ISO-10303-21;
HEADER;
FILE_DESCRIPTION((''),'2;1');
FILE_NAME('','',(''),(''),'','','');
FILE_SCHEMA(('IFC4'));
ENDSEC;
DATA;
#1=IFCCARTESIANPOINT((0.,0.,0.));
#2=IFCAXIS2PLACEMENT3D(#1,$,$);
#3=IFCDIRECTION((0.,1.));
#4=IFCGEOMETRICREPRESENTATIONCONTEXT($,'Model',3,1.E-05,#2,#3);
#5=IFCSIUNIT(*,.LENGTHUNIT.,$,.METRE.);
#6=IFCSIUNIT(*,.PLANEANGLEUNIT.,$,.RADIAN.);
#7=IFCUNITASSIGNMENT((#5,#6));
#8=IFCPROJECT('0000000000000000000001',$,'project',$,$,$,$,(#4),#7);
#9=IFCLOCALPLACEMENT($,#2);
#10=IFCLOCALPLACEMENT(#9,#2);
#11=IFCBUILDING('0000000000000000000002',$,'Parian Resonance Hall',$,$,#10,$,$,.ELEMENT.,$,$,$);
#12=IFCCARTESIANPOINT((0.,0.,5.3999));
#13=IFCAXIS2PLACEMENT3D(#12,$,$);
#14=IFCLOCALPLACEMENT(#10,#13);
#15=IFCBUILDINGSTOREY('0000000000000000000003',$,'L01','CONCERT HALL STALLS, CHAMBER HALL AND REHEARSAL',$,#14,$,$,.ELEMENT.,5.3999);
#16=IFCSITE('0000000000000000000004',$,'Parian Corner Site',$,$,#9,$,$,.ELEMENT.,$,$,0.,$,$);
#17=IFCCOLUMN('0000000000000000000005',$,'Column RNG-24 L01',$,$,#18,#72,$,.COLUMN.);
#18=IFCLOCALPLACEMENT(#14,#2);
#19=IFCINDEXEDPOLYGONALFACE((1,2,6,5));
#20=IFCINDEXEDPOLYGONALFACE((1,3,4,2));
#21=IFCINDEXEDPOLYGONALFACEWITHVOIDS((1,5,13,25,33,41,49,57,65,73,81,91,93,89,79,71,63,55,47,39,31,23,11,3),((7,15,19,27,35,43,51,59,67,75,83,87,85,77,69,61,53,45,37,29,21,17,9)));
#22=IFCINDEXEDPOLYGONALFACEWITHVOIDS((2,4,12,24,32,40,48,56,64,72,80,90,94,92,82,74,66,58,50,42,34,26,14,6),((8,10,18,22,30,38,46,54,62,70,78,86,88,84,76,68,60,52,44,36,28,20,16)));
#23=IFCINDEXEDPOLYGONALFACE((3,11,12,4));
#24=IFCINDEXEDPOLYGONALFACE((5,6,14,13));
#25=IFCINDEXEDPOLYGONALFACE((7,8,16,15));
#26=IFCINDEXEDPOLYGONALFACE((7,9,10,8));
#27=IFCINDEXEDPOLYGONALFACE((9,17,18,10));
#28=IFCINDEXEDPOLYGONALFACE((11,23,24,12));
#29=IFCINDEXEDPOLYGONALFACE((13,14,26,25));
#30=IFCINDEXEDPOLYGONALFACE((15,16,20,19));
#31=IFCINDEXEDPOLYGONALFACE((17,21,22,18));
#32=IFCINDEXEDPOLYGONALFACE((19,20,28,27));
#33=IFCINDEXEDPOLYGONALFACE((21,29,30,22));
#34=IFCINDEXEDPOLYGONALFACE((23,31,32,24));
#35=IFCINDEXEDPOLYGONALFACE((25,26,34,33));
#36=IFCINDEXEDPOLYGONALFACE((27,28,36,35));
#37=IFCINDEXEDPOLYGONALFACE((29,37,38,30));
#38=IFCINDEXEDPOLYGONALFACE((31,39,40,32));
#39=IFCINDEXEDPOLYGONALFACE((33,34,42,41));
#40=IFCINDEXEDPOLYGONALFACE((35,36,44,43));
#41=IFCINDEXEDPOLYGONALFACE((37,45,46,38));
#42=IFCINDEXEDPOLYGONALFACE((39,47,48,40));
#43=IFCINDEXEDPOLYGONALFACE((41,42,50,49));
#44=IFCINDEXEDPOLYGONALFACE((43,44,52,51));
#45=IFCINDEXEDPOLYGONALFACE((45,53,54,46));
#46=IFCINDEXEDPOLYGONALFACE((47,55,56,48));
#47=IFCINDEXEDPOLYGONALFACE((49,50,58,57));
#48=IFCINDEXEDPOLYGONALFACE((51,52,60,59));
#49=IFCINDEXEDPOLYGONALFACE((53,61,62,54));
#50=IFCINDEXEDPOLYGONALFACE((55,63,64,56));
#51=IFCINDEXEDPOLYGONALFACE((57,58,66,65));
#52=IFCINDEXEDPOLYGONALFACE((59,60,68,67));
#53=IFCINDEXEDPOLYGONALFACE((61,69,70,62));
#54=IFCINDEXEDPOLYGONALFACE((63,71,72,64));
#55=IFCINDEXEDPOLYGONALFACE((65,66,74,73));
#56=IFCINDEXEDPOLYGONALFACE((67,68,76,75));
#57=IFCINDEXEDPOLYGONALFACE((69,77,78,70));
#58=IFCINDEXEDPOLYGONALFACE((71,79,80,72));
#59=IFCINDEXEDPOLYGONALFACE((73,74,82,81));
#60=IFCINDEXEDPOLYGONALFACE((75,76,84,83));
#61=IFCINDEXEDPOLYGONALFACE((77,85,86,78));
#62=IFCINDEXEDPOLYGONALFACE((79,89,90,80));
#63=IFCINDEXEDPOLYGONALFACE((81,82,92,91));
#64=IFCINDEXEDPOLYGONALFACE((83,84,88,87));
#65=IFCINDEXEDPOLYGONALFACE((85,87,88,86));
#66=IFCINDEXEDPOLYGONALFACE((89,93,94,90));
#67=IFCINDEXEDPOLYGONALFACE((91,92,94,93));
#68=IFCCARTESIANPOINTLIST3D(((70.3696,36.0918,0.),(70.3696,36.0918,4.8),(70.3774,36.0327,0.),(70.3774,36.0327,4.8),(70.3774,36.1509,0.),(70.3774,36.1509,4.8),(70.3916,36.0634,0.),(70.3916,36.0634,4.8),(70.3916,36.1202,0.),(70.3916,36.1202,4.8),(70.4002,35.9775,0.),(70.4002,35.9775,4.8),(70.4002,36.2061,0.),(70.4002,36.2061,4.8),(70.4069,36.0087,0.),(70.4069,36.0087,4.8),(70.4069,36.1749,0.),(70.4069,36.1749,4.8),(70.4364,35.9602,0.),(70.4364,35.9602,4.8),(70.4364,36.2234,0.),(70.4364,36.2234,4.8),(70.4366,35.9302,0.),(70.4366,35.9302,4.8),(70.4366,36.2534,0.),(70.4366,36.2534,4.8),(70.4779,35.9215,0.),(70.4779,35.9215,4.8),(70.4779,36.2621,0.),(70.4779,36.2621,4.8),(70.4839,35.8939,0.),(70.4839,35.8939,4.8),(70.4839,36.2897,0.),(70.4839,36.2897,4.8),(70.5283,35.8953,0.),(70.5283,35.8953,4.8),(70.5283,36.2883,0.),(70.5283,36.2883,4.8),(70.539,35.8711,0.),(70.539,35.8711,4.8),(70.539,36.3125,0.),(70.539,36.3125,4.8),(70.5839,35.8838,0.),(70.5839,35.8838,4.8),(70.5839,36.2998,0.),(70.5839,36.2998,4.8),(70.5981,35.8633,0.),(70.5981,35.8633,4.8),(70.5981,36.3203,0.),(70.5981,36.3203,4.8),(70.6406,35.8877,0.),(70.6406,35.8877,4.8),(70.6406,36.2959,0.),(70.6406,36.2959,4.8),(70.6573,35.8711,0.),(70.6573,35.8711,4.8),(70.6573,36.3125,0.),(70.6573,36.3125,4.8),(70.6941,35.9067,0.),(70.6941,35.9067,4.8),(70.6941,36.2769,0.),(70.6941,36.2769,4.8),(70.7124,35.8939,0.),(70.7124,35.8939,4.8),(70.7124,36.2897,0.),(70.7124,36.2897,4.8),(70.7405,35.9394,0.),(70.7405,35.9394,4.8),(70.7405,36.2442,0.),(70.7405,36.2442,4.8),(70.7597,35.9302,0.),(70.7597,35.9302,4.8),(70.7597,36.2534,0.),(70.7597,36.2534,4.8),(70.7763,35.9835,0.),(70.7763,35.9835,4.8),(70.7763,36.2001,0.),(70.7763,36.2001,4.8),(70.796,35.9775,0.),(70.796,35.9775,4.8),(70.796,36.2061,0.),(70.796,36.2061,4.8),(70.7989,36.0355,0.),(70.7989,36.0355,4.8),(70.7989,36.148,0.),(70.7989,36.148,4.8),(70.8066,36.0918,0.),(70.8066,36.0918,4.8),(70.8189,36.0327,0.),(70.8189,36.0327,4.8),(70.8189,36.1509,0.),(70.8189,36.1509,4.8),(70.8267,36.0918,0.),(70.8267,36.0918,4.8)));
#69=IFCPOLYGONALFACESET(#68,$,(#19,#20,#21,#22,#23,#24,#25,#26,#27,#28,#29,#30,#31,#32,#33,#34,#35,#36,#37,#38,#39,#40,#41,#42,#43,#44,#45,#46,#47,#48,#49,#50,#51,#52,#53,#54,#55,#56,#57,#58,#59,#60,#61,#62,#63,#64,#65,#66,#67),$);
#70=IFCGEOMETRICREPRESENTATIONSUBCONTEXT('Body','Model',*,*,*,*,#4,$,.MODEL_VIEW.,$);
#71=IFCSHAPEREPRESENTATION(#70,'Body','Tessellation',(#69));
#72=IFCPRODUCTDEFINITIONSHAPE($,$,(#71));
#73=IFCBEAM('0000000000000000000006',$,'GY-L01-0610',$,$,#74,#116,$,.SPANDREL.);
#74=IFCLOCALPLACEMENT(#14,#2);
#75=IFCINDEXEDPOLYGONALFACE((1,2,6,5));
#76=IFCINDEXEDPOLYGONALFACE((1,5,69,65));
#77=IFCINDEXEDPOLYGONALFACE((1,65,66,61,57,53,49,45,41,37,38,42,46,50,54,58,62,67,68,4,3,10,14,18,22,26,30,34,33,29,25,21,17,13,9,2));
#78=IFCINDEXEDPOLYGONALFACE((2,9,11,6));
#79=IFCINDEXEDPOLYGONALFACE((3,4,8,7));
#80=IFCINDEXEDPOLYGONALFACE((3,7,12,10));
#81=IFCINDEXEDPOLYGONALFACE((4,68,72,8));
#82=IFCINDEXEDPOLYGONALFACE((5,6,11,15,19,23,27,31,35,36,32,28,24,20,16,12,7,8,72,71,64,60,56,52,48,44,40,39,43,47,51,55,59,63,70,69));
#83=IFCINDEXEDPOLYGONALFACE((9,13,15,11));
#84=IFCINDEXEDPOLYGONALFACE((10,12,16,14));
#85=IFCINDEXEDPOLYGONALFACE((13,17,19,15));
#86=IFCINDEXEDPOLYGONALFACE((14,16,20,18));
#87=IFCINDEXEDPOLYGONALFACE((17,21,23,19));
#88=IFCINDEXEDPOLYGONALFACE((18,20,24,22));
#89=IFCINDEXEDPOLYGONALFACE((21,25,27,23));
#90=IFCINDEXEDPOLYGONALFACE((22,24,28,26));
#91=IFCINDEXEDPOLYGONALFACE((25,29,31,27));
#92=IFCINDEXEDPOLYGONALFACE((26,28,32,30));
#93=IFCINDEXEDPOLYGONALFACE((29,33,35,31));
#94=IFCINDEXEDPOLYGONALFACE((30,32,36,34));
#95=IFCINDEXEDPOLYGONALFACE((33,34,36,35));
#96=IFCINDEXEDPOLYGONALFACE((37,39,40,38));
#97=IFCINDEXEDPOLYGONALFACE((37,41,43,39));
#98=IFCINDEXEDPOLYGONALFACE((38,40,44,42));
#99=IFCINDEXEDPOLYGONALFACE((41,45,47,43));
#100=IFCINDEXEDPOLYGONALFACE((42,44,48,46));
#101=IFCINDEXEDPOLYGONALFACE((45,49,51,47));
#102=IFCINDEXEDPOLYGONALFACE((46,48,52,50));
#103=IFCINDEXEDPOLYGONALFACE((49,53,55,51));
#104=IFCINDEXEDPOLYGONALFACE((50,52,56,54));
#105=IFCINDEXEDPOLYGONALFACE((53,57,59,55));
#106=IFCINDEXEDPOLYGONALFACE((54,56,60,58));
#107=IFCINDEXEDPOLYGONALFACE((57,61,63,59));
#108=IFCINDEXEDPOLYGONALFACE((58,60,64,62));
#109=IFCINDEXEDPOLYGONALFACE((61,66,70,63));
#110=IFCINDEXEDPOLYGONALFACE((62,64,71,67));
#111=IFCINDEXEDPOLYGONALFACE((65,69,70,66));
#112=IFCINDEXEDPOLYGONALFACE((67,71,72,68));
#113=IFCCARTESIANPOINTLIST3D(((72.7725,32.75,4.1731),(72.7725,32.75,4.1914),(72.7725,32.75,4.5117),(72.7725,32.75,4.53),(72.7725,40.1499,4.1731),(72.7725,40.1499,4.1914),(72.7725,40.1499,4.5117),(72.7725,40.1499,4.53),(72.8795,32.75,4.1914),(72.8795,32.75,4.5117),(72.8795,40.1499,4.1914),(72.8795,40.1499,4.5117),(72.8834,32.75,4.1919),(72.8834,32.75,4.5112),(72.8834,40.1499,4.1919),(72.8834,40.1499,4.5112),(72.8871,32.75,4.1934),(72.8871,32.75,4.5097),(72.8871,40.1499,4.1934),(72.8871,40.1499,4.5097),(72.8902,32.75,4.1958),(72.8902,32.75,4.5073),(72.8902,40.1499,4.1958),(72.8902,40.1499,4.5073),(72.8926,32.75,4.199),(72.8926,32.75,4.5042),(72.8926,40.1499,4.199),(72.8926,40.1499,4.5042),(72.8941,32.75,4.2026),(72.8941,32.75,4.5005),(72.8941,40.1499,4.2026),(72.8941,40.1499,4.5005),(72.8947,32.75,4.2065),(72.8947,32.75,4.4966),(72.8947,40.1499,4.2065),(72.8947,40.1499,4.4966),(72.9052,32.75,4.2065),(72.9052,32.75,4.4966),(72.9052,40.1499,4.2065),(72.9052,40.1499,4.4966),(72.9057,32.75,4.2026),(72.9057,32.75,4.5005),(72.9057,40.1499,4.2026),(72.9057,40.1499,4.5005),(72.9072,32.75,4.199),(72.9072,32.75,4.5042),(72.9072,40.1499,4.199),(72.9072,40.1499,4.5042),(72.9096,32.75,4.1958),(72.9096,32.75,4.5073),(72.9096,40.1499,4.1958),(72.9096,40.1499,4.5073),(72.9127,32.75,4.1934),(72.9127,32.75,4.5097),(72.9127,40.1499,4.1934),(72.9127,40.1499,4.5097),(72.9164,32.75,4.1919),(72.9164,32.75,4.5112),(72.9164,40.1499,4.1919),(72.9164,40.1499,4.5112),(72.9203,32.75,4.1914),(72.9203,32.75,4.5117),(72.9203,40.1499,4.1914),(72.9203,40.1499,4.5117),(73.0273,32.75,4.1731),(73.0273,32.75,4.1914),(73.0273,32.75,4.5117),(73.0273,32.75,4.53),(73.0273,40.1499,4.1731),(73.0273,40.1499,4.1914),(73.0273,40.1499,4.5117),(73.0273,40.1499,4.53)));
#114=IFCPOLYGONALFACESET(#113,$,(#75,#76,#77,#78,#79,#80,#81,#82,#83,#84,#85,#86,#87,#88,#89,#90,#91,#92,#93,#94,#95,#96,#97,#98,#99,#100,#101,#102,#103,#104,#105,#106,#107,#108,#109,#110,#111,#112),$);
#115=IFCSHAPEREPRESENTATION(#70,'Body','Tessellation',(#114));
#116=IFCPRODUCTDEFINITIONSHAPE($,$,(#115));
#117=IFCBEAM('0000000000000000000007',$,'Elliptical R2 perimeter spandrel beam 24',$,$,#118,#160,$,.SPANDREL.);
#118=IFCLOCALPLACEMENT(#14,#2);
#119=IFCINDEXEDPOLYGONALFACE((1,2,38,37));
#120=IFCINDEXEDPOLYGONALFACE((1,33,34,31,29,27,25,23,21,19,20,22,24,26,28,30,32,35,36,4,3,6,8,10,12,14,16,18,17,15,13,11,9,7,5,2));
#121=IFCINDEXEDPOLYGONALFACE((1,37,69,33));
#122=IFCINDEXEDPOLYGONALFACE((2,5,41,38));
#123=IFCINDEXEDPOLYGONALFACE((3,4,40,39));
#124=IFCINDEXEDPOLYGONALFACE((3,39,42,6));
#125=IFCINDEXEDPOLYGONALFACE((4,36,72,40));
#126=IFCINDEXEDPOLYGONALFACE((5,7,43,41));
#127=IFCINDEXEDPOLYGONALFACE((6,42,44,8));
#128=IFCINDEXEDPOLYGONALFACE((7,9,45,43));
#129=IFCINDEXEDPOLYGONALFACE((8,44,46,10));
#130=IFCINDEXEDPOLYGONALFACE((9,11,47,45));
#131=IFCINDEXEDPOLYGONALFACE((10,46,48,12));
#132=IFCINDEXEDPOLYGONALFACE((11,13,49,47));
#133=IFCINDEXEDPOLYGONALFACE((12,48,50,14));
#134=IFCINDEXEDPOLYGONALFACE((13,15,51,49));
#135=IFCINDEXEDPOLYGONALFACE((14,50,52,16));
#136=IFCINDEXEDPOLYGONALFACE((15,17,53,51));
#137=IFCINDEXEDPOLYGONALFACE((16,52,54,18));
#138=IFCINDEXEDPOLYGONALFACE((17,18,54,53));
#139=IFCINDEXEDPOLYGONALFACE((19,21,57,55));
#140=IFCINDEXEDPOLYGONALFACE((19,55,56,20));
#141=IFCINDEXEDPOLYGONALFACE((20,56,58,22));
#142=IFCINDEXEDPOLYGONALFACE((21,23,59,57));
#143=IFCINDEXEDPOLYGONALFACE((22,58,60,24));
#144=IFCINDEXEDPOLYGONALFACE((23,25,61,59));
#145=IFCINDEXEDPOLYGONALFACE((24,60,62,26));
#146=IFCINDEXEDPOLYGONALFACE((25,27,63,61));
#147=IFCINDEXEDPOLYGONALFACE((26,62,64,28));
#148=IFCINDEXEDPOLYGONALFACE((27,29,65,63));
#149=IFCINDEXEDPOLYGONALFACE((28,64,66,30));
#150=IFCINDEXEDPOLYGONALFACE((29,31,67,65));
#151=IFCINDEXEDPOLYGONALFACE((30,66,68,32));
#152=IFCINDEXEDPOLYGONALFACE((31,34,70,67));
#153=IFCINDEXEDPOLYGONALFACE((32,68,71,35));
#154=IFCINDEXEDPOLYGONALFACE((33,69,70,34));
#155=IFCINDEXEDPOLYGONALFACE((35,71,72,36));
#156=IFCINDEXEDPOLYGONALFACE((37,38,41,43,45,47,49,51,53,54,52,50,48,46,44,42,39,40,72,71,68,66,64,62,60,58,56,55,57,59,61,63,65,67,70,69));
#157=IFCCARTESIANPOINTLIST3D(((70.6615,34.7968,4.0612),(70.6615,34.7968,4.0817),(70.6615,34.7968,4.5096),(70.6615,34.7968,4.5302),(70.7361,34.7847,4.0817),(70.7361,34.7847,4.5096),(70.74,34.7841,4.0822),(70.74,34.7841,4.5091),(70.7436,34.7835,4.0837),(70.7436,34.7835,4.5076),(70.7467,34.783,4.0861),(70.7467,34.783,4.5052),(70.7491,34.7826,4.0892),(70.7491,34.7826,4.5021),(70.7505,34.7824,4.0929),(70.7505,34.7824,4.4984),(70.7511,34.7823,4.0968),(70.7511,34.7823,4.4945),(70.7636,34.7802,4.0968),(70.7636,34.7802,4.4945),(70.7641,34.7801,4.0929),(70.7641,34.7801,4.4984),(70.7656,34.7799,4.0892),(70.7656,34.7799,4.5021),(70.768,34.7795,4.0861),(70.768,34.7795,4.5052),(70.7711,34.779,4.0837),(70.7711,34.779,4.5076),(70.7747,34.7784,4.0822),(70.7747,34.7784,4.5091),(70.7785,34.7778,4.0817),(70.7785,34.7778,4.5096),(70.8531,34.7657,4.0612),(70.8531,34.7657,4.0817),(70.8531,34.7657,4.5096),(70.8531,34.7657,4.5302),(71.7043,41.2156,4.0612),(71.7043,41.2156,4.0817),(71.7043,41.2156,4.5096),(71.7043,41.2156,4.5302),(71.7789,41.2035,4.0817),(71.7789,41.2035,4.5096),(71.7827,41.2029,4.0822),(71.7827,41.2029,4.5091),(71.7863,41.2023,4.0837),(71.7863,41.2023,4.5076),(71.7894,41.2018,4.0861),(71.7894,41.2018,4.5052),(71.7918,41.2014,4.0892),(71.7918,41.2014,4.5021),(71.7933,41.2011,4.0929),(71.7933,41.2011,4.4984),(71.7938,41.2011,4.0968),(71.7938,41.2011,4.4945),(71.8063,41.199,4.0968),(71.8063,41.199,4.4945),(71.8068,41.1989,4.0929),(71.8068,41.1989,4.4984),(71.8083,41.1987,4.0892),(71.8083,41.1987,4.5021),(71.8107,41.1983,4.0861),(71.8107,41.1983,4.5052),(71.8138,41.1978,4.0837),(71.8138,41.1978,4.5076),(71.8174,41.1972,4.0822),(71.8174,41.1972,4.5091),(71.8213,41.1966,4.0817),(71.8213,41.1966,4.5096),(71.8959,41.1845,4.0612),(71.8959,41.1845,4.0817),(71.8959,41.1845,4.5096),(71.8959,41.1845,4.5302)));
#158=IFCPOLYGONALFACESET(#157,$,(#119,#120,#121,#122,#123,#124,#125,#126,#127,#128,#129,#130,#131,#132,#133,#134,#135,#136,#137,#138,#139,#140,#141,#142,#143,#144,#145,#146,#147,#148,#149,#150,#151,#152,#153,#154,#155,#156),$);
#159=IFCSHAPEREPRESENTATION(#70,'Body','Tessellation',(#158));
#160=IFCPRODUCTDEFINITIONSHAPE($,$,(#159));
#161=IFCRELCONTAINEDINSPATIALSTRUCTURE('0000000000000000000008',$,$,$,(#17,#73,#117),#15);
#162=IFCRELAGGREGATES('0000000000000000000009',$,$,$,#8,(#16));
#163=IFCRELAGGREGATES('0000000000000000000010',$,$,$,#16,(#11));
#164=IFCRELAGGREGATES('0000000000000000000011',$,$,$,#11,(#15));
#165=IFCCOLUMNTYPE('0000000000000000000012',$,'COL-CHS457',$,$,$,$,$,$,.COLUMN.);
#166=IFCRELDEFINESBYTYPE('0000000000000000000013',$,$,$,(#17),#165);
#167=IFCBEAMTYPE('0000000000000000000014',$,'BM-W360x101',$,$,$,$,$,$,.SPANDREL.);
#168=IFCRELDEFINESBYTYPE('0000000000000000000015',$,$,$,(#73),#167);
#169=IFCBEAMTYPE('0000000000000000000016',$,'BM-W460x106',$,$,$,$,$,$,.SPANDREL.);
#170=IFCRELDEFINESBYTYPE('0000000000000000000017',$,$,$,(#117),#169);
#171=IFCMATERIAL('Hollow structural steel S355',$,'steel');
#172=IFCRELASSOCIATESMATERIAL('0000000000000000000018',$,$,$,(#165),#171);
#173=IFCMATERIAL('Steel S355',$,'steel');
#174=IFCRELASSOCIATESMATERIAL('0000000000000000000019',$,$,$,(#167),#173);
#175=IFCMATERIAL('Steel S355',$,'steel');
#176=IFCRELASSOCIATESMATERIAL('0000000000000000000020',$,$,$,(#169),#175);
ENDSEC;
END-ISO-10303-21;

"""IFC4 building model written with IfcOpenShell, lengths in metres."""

from ifc_helpers import new_model, si_unit, direction, frame, origin, origin_2d, place, context, subcontext, project, spatial, hollow_circle, i_section, extrude, material, material_profile, profile_set, type_object, element, save


model = new_model("IFC4")

# Units and contexts
model_context = context("Model", 3, precision=1e-05, world=origin(), true_north=direction((0.0, 1.0)))
body_context = subcontext(model_context, "Body", "Model", "MODEL_VIEW")
ifc_project = project(units=[si_unit("LENGTHUNIT", "METRE"), si_unit("PLANEANGLEUNIT", "RADIAN")], contexts=[model_context])

# Site, building, storey
site_placement = place(None, origin())
site = spatial("IfcSite", under=ifc_project, at=site_placement, Name="Parian Corner Site", CompositionType="ELEMENT", RefElevation=0.0)
building_placement = place(site_placement, origin())
building = spatial("IfcBuilding", under=site, at=building_placement, Name="Parian Resonance Hall", CompositionType="ELEMENT")
storey_placement = place(building_placement, frame((0.0, 0.0, 5.3999)))
storey = spatial("IfcBuildingStorey", under=building, at=storey_placement, Name="L01", Description="CONCERT HALL STALLS, CHAMBER HALL AND REHEARSAL", CompositionType="ELEMENT", Elevation=5.3999)

# Column
ifc_material_1 = material(Name="Hollow structural steel S355", Category="steel")
ifc_material_profile_1 = material_profile(ifc_material_1, hollow_circle(Radius=0.2285, WallThickness=0.02, at=origin_2d()), Name="CHS457x20")
ifc_profile_set_1 = profile_set([ifc_material_profile_1], Name="Hollow structural steel S355")
column_type = type_object("IfcColumnType", Name="COL-CHS457", PredefinedType="COLUMN", material=ifc_profile_set_1)
column_placement = place(storey_placement, frame((70.5981, 36.0918, 0.0), z_axis=(0.0, 0.0, 1.0), x_axis=(1.0, 0.0, 0.0)))
element("IfcColumn", 1, at=column_placement, inside=storey, type_object=column_type, Name="Column RNG-24 L01", PredefinedType="COLUMN", context=body_context, shape_type="SweptSolid", body=[
    extrude(hollow_circle(Radius=0.2285, WallThickness=0.02, at=origin_2d()), origin(), (0.0, 0.0, 1.0), 4.8),
])

# Beams
ifc_material_2 = material(Name="Steel S355", Category="steel")
ifc_material_profile_2 = material_profile(ifc_material_2, i_section(OverallWidth=0.2549, OverallDepth=0.3569, WebThickness=0.0105, FlangeThickness=0.0183, FilletRadius=0.0151, at=origin_2d()), Name="W360x101")
ifc_profile_set_2 = profile_set([ifc_material_profile_2], Name="Steel S355")
beam_type_1 = type_object("IfcBeamType", Name="BM-W360x101", PredefinedType="SPANDREL", material=ifc_profile_set_2)
beam_1_placement = place(storey_placement, frame((72.8999, 32.75, 4.3516), z_axis=(0.0, 1.0, 0.0), x_axis=(-1.0, 0.0, 0.0)))
element("IfcBeam", 2, at=beam_1_placement, inside=storey, type_object=beam_type_1, Name="GY-L01-0610", PredefinedType="SPANDREL", context=body_context, shape_type="SweptSolid", body=[
    extrude(i_section(OverallWidth=0.2549, OverallDepth=0.3569, WebThickness=0.0105, FlangeThickness=0.0183, FilletRadius=0.0151, at=origin_2d()), origin(), (0.0, 0.0, 1.0), 7.3999),
])
ifc_material_3 = material(Name="Steel S355", Category="steel")
ifc_material_profile_3 = material_profile(ifc_material_3, i_section(OverallWidth=0.1941, OverallDepth=0.469, WebThickness=0.0127, FlangeThickness=0.0205, FilletRadius=0.0151, at=origin_2d()), Name="W460x106")
ifc_profile_set_3 = profile_set([ifc_material_profile_3], Name="Steel S355")
beam_type_2 = type_object("IfcBeamType", Name="BM-W460x106", PredefinedType="SPANDREL", material=ifc_profile_set_3)
beam_2_placement = place(storey_placement, frame((70.7573, 34.7812, 4.2957), z_axis=(0.160349, 0.98706, 0.0), x_axis=(-0.98706, 0.160349, 0.0)))
element("IfcBeam", 3, at=beam_2_placement, inside=storey, type_object=beam_type_2, Name="Elliptical R2 perimeter spandrel beam 24", PredefinedType="SPANDREL", context=body_context, shape_type="SweptSolid", body=[
    extrude(i_section(OverallWidth=0.1941, OverallDepth=0.469, WebThickness=0.0127, FlangeThickness=0.0205, FilletRadius=0.0151, at=origin_2d()), origin(), (0.0, 0.0, 1.0), 6.5029),
])

save(model, "model.ifc")
